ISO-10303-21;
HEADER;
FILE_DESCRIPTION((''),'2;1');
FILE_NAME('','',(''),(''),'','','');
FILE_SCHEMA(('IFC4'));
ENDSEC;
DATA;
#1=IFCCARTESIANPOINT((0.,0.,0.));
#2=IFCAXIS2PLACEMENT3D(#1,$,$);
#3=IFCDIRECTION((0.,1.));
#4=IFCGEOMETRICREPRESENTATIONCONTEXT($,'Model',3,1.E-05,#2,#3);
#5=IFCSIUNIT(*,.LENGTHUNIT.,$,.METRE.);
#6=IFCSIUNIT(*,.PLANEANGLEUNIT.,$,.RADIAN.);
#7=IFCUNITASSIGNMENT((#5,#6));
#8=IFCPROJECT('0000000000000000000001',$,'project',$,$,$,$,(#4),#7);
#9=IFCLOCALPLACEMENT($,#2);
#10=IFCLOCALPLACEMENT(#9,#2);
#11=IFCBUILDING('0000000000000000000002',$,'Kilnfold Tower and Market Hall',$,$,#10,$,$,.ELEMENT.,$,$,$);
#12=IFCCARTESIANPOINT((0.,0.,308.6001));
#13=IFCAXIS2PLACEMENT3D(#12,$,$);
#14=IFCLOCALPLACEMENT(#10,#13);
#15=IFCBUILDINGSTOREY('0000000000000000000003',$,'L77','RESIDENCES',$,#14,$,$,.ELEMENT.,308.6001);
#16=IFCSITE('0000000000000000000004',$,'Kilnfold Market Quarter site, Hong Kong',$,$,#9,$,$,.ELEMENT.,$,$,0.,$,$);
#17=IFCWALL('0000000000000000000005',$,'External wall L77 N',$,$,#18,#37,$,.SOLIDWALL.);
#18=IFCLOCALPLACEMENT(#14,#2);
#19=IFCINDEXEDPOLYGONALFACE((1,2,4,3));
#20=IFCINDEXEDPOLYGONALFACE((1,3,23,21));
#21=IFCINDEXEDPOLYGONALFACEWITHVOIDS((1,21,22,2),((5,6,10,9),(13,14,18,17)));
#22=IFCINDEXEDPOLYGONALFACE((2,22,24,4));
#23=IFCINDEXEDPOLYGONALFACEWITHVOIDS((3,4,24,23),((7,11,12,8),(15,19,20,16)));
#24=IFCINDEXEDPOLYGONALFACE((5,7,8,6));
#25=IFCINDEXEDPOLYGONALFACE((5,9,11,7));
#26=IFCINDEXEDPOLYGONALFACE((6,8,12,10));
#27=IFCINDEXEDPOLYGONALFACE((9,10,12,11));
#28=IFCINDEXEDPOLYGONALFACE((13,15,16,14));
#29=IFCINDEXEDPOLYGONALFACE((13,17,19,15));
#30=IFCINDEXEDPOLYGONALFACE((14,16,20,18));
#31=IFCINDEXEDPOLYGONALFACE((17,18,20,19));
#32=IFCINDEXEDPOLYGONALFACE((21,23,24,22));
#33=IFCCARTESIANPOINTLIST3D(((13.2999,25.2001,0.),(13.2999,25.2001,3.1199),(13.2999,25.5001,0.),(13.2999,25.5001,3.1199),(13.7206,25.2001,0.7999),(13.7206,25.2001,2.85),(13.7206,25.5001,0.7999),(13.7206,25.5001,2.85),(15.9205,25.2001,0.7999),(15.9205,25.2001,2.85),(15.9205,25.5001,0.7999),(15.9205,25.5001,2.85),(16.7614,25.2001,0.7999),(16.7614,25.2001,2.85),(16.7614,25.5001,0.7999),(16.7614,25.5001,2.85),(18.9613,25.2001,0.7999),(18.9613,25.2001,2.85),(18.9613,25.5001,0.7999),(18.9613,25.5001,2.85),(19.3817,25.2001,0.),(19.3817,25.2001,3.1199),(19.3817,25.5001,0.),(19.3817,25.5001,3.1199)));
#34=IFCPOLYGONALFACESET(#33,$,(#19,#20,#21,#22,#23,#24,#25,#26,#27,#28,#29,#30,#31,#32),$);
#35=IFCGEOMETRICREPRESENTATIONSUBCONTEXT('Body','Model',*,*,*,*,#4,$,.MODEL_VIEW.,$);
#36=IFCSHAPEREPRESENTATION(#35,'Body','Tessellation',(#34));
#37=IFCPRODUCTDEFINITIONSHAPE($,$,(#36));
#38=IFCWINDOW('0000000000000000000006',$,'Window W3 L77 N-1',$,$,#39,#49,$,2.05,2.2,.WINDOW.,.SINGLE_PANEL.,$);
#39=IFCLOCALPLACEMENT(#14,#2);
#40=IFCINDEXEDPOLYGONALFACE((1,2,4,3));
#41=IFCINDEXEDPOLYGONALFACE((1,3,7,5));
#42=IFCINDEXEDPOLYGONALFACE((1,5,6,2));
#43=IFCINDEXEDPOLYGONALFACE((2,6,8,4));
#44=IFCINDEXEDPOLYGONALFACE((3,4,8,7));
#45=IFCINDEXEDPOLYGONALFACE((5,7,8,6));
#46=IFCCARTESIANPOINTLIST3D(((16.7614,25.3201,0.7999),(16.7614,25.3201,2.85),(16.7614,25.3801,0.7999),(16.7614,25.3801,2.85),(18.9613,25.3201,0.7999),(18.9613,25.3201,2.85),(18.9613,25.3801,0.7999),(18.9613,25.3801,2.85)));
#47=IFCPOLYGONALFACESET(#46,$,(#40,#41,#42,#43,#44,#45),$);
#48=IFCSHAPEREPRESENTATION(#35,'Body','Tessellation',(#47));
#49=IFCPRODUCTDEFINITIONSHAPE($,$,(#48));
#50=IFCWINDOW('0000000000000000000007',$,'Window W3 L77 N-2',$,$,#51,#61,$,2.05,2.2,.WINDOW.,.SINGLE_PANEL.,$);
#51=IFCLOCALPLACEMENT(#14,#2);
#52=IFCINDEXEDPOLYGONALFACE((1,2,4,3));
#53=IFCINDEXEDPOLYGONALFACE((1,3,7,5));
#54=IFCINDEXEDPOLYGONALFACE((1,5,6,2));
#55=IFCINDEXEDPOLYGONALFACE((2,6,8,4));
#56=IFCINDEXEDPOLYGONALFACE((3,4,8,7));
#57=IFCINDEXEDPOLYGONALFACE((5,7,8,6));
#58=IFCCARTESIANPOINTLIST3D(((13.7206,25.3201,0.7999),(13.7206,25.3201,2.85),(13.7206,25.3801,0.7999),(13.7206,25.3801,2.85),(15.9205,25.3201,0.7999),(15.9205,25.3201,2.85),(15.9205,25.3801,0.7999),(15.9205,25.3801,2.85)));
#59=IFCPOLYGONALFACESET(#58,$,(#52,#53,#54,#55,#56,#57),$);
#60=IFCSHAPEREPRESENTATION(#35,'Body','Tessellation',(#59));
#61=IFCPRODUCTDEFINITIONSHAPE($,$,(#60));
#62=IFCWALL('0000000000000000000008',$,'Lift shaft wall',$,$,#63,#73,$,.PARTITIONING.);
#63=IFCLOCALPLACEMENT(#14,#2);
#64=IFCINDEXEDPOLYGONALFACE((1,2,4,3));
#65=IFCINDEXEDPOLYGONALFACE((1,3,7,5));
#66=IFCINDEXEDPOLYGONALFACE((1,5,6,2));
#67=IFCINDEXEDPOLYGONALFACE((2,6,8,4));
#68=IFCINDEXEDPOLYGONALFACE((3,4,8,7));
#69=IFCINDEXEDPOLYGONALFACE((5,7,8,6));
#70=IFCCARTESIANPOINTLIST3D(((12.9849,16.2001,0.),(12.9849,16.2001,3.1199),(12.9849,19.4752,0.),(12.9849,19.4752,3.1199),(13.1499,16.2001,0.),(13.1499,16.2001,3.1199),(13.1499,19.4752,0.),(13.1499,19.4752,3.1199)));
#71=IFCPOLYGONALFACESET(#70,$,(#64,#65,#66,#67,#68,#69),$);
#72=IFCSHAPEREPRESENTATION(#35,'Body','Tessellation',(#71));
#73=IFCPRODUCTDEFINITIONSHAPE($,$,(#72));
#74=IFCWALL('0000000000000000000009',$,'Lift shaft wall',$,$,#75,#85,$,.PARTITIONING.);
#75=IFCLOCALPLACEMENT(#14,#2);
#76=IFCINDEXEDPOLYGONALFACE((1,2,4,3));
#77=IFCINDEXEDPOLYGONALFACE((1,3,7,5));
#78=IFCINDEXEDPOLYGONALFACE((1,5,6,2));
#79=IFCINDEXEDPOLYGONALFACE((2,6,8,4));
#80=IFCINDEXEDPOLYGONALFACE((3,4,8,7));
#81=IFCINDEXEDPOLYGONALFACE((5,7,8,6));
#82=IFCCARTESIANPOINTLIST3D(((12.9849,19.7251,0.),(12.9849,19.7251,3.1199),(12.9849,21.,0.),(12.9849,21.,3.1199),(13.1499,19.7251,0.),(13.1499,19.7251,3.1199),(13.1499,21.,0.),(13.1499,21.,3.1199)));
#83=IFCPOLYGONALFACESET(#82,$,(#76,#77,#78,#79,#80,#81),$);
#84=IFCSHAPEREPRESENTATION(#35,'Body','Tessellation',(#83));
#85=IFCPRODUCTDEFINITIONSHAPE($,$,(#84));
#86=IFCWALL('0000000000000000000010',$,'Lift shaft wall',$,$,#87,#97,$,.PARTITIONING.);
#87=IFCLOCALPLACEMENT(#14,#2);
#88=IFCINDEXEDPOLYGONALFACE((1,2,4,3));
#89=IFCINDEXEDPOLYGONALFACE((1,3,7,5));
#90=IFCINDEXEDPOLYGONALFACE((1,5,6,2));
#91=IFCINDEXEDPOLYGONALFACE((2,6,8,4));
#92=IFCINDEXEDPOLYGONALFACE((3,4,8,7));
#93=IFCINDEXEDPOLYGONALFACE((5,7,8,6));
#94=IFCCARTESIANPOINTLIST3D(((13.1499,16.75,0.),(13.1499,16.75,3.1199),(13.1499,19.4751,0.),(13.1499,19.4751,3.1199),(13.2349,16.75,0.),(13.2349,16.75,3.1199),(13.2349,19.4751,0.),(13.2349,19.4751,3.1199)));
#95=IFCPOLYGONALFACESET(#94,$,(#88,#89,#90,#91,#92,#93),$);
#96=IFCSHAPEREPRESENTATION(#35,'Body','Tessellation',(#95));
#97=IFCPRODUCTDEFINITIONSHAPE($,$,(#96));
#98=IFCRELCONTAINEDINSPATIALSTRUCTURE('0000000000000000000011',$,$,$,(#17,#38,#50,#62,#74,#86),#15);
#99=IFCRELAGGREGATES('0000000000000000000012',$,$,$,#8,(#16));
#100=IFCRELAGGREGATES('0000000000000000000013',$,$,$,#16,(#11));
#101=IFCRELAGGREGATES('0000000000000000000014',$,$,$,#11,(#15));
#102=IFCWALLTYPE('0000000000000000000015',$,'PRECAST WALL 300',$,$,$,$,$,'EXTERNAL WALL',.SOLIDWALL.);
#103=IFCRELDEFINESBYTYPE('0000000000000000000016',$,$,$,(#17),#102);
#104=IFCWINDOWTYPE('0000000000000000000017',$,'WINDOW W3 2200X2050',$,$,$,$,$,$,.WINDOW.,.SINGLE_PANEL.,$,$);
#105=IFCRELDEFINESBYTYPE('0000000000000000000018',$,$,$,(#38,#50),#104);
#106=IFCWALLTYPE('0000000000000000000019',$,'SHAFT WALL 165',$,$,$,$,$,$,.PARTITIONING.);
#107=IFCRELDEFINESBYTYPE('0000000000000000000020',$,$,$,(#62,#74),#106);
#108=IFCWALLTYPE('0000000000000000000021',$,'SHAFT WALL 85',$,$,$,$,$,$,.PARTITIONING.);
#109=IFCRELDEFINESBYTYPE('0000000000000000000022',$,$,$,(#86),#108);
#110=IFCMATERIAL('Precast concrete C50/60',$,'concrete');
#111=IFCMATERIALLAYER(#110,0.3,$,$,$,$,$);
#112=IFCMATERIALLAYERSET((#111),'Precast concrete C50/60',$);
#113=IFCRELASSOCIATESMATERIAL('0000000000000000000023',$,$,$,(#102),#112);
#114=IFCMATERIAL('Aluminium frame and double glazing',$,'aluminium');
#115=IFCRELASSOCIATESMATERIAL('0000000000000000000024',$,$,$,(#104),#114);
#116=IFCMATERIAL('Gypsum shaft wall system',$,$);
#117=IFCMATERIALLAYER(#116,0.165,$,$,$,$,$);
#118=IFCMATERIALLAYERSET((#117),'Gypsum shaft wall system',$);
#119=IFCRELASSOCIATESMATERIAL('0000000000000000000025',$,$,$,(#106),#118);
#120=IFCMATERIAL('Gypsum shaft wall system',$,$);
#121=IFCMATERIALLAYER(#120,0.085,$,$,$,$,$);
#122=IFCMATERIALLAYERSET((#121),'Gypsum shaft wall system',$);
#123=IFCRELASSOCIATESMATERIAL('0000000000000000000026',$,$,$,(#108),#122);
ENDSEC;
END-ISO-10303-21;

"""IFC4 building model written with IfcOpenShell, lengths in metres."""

from ifc_helpers import new_model, si_unit, direction, frame, frame_2d, origin, place, context, subcontext, project, spatial, rectangle, extrude, source, transform, mapped, material, layer, layer_set, type_object, element, fill, save


model = new_model("IFC4")

# Units and contexts
model_context = context("Model", 3, precision=1e-05, world=origin(), true_north=direction((0.0, 1.0)))
body_context = subcontext(model_context, "Body", "Model", "MODEL_VIEW")
ifc_project = project(units=[si_unit("LENGTHUNIT", "METRE"), si_unit("PLANEANGLEUNIT", "RADIAN")], contexts=[model_context])

# Site, building, storey
site_placement = place(None, origin())
site = spatial("IfcSite", under=ifc_project, at=site_placement, Name="Kilnfold Market Quarter site, Hong Kong", CompositionType="ELEMENT", RefElevation=0.0)
building_placement = place(site_placement, origin())
building = spatial("IfcBuilding", under=site, at=building_placement, Name="Kilnfold Tower and Market Hall", CompositionType="ELEMENT")
storey_placement = place(building_placement, frame((0.0, 0.0, 308.6001)))
storey = spatial("IfcBuildingStorey", under=building, at=storey_placement, Name="L77", Description="RESIDENCES", CompositionType="ELEMENT", Elevation=308.6001)

# Shared definitions
ifc_material_1 = material(Name="Precast concrete C50/60", Category="concrete")
ifc_layer_1 = layer(ifc_material_1, 0.3)
ifc_layer_set_1 = layer_set([ifc_layer_1], Name="Precast concrete C50/60")
wall_type_1 = type_object("IfcWallType", Name="PRECAST WALL 300", ElementType="EXTERNAL WALL", PredefinedType="SOLIDWALL", material=ifc_layer_set_1)
ifc_material_2 = material(Name="Aluminium frame and double glazing", Category="aluminium")
window_type = type_object("IfcWindowType", Name="WINDOW W3 2200X2050", PartitioningType="SINGLE_PANEL", PredefinedType="WINDOW", material=ifc_material_2)

# Wall, openings, windows
shared_shape_1 = source(origin(), body_context, "Body", "SweptSolid", [
    extrude(rectangle(XDim=6.0818, YDim=0.3, at=frame_2d((3.041, 0.0))), origin(), (0.0, 0.0, 1.0), 3.1199),
])
wall_1_placement = place(storey_placement, frame((19.3818, 25.3501, 0.0), z_axis=(0.0, 0.0, 1.0), x_axis=(-1.0, 0.0, 0.0)))
wall_1 = element("IfcWall", 1, at=wall_1_placement, inside=storey, type_object=wall_type_1, Name="External wall L77 N", PredefinedType="SOLIDWALL", context=body_context, shape_type="MappedRepresentation", body=[
    mapped(shared_shape_1, transform((0.0, 0.0, 0.0))),
])
opening_1_placement = place(wall_1_placement, frame((0.4204, 0.0, 0.8)))
opening_1 = element("IfcOpeningElement", 2, at=opening_1_placement, cuts=wall_1, PredefinedType="OPENING", context=body_context, shape_type="SweptSolid", body=[
    extrude(rectangle(XDim=2.2, YDim=2.05, at=frame_2d((1.1001, 1.0249))), frame((0.0, 0.1602, 0.0), z_axis=(0.0, -1.0, 0.0), x_axis=(1.0, 0.0, 0.0)), (0.0, 0.0, 1.0), 0.3201),
])
opening_2_placement = place(wall_1_placement, frame((3.4612, 0.0, 0.8)))
opening_2 = element("IfcOpeningElement", 3, at=opening_2_placement, cuts=wall_1, PredefinedType="OPENING", context=body_context, shape_type="SweptSolid", body=[
    extrude(rectangle(XDim=2.2, YDim=2.05, at=frame_2d((1.1001, 1.0249))), frame((0.0, 0.1602, 0.0), z_axis=(0.0, -1.0, 0.0), x_axis=(1.0, 0.0, 0.0)), (0.0, 0.0, 1.0), 0.3201),
])
window_1_placement = place(opening_1_placement, origin())
window_1 = element("IfcWindow", 4, at=window_1_placement, inside=storey, type_object=window_type, Name="Window W3 L77 N-1", OverallHeight=2.05, OverallWidth=2.2, PartitioningType="SINGLE_PANEL", PredefinedType="WINDOW", context=body_context, shape_type="SweptSolid", body=[
    extrude(rectangle(XDim=2.2, YDim=2.05, at=frame_2d((1.1001, 1.0249))), frame((0.0, 0.03, 0.0), z_axis=(0.0, -1.0, 0.0), x_axis=(1.0, 0.0, 0.0)), (0.0, 0.0, 1.0), 0.0601),
])
fill(opening_1, window_1)
window_2_placement = place(opening_2_placement, origin())
window_2 = element("IfcWindow", 5, at=window_2_placement, inside=storey, type_object=window_type, Name="Window W3 L77 N-2", OverallHeight=2.05, OverallWidth=2.2, PartitioningType="SINGLE_PANEL", PredefinedType="WINDOW", context=body_context, shape_type="SweptSolid", body=[
    extrude(rectangle(XDim=2.2, YDim=2.05, at=frame_2d((1.1001, 1.0249))), frame((0.0, 0.03, 0.0), z_axis=(0.0, -1.0, 0.0), x_axis=(1.0, 0.0, 0.0)), (0.0, 0.0, 1.0), 0.0601),
])
fill(opening_2, window_2)

# Walls
ifc_material_3 = material(Name="Gypsum shaft wall system")
ifc_layer_2 = layer(ifc_material_3, 0.165)
ifc_layer_set_2 = layer_set([ifc_layer_2], Name="Gypsum shaft wall system")
wall_type_2 = type_object("IfcWallType", Name="SHAFT WALL 165", PredefinedType="PARTITIONING", material=ifc_layer_set_2)
shared_shape_2 = source(origin(), body_context, "Body", "SweptSolid", [
    extrude(rectangle(XDim=3.2751, YDim=0.165, at=frame_2d((1.6377, 0.0))), origin(), (0.0, 0.0, 1.0), 3.1199),
])
wall_2_placement = place(storey_placement, frame((13.0674, 16.2, 0.0), z_axis=(0.0, 0.0, 1.0), x_axis=(0.0, 1.0, 0.0)))
element("IfcWall", 6, at=wall_2_placement, inside=storey, type_object=wall_type_2, Name="Lift shaft wall", PredefinedType="PARTITIONING", context=body_context, shape_type="MappedRepresentation", body=[
    mapped(shared_shape_2, transform((0.0, 0.0, 0.0))),
])
shared_shape_3 = source(origin(), body_context, "Body", "SweptSolid", [
    extrude(rectangle(XDim=1.2749, YDim=0.165, at=frame_2d((0.6375, 0.0))), origin(), (0.0, 0.0, 1.0), 3.1199),
])
wall_3_placement = place(storey_placement, frame((13.0674, 19.7251, 0.0), z_axis=(0.0, 0.0, 1.0), x_axis=(0.0, 1.0, 0.0)))
element("IfcWall", 7, at=wall_3_placement, inside=storey, type_object=wall_type_2, Name="Lift shaft wall", PredefinedType="PARTITIONING", context=body_context, shape_type="MappedRepresentation", body=[
    mapped(shared_shape_3, transform((0.0, 0.0, 0.0))),
])
ifc_material_4 = material(Name="Gypsum shaft wall system")
ifc_layer_3 = layer(ifc_material_4, 0.085)
ifc_layer_set_3 = layer_set([ifc_layer_3], Name="Gypsum shaft wall system")
wall_type_3 = type_object("IfcWallType", Name="SHAFT WALL 85", PredefinedType="PARTITIONING", material=ifc_layer_set_3)
shared_shape_4 = source(origin(), body_context, "Body", "SweptSolid", [
    extrude(rectangle(XDim=2.7251, YDim=0.085, at=frame_2d((1.3625, 0.0))), origin(), (0.0, 0.0, 1.0), 3.1199),
])
wall_4_placement = place(storey_placement, frame((13.1924, 16.75, 0.0), z_axis=(0.0, 0.0, 1.0), x_axis=(0.0, 1.0, 0.0)))
element("IfcWall", 8, at=wall_4_placement, inside=storey, type_object=wall_type_3, Name="Lift shaft wall", PredefinedType="PARTITIONING", context=body_context, shape_type="MappedRepresentation", body=[
    mapped(shared_shape_4, transform((0.0, 0.0, 0.0))),
])

save(model, "model.ifc")
